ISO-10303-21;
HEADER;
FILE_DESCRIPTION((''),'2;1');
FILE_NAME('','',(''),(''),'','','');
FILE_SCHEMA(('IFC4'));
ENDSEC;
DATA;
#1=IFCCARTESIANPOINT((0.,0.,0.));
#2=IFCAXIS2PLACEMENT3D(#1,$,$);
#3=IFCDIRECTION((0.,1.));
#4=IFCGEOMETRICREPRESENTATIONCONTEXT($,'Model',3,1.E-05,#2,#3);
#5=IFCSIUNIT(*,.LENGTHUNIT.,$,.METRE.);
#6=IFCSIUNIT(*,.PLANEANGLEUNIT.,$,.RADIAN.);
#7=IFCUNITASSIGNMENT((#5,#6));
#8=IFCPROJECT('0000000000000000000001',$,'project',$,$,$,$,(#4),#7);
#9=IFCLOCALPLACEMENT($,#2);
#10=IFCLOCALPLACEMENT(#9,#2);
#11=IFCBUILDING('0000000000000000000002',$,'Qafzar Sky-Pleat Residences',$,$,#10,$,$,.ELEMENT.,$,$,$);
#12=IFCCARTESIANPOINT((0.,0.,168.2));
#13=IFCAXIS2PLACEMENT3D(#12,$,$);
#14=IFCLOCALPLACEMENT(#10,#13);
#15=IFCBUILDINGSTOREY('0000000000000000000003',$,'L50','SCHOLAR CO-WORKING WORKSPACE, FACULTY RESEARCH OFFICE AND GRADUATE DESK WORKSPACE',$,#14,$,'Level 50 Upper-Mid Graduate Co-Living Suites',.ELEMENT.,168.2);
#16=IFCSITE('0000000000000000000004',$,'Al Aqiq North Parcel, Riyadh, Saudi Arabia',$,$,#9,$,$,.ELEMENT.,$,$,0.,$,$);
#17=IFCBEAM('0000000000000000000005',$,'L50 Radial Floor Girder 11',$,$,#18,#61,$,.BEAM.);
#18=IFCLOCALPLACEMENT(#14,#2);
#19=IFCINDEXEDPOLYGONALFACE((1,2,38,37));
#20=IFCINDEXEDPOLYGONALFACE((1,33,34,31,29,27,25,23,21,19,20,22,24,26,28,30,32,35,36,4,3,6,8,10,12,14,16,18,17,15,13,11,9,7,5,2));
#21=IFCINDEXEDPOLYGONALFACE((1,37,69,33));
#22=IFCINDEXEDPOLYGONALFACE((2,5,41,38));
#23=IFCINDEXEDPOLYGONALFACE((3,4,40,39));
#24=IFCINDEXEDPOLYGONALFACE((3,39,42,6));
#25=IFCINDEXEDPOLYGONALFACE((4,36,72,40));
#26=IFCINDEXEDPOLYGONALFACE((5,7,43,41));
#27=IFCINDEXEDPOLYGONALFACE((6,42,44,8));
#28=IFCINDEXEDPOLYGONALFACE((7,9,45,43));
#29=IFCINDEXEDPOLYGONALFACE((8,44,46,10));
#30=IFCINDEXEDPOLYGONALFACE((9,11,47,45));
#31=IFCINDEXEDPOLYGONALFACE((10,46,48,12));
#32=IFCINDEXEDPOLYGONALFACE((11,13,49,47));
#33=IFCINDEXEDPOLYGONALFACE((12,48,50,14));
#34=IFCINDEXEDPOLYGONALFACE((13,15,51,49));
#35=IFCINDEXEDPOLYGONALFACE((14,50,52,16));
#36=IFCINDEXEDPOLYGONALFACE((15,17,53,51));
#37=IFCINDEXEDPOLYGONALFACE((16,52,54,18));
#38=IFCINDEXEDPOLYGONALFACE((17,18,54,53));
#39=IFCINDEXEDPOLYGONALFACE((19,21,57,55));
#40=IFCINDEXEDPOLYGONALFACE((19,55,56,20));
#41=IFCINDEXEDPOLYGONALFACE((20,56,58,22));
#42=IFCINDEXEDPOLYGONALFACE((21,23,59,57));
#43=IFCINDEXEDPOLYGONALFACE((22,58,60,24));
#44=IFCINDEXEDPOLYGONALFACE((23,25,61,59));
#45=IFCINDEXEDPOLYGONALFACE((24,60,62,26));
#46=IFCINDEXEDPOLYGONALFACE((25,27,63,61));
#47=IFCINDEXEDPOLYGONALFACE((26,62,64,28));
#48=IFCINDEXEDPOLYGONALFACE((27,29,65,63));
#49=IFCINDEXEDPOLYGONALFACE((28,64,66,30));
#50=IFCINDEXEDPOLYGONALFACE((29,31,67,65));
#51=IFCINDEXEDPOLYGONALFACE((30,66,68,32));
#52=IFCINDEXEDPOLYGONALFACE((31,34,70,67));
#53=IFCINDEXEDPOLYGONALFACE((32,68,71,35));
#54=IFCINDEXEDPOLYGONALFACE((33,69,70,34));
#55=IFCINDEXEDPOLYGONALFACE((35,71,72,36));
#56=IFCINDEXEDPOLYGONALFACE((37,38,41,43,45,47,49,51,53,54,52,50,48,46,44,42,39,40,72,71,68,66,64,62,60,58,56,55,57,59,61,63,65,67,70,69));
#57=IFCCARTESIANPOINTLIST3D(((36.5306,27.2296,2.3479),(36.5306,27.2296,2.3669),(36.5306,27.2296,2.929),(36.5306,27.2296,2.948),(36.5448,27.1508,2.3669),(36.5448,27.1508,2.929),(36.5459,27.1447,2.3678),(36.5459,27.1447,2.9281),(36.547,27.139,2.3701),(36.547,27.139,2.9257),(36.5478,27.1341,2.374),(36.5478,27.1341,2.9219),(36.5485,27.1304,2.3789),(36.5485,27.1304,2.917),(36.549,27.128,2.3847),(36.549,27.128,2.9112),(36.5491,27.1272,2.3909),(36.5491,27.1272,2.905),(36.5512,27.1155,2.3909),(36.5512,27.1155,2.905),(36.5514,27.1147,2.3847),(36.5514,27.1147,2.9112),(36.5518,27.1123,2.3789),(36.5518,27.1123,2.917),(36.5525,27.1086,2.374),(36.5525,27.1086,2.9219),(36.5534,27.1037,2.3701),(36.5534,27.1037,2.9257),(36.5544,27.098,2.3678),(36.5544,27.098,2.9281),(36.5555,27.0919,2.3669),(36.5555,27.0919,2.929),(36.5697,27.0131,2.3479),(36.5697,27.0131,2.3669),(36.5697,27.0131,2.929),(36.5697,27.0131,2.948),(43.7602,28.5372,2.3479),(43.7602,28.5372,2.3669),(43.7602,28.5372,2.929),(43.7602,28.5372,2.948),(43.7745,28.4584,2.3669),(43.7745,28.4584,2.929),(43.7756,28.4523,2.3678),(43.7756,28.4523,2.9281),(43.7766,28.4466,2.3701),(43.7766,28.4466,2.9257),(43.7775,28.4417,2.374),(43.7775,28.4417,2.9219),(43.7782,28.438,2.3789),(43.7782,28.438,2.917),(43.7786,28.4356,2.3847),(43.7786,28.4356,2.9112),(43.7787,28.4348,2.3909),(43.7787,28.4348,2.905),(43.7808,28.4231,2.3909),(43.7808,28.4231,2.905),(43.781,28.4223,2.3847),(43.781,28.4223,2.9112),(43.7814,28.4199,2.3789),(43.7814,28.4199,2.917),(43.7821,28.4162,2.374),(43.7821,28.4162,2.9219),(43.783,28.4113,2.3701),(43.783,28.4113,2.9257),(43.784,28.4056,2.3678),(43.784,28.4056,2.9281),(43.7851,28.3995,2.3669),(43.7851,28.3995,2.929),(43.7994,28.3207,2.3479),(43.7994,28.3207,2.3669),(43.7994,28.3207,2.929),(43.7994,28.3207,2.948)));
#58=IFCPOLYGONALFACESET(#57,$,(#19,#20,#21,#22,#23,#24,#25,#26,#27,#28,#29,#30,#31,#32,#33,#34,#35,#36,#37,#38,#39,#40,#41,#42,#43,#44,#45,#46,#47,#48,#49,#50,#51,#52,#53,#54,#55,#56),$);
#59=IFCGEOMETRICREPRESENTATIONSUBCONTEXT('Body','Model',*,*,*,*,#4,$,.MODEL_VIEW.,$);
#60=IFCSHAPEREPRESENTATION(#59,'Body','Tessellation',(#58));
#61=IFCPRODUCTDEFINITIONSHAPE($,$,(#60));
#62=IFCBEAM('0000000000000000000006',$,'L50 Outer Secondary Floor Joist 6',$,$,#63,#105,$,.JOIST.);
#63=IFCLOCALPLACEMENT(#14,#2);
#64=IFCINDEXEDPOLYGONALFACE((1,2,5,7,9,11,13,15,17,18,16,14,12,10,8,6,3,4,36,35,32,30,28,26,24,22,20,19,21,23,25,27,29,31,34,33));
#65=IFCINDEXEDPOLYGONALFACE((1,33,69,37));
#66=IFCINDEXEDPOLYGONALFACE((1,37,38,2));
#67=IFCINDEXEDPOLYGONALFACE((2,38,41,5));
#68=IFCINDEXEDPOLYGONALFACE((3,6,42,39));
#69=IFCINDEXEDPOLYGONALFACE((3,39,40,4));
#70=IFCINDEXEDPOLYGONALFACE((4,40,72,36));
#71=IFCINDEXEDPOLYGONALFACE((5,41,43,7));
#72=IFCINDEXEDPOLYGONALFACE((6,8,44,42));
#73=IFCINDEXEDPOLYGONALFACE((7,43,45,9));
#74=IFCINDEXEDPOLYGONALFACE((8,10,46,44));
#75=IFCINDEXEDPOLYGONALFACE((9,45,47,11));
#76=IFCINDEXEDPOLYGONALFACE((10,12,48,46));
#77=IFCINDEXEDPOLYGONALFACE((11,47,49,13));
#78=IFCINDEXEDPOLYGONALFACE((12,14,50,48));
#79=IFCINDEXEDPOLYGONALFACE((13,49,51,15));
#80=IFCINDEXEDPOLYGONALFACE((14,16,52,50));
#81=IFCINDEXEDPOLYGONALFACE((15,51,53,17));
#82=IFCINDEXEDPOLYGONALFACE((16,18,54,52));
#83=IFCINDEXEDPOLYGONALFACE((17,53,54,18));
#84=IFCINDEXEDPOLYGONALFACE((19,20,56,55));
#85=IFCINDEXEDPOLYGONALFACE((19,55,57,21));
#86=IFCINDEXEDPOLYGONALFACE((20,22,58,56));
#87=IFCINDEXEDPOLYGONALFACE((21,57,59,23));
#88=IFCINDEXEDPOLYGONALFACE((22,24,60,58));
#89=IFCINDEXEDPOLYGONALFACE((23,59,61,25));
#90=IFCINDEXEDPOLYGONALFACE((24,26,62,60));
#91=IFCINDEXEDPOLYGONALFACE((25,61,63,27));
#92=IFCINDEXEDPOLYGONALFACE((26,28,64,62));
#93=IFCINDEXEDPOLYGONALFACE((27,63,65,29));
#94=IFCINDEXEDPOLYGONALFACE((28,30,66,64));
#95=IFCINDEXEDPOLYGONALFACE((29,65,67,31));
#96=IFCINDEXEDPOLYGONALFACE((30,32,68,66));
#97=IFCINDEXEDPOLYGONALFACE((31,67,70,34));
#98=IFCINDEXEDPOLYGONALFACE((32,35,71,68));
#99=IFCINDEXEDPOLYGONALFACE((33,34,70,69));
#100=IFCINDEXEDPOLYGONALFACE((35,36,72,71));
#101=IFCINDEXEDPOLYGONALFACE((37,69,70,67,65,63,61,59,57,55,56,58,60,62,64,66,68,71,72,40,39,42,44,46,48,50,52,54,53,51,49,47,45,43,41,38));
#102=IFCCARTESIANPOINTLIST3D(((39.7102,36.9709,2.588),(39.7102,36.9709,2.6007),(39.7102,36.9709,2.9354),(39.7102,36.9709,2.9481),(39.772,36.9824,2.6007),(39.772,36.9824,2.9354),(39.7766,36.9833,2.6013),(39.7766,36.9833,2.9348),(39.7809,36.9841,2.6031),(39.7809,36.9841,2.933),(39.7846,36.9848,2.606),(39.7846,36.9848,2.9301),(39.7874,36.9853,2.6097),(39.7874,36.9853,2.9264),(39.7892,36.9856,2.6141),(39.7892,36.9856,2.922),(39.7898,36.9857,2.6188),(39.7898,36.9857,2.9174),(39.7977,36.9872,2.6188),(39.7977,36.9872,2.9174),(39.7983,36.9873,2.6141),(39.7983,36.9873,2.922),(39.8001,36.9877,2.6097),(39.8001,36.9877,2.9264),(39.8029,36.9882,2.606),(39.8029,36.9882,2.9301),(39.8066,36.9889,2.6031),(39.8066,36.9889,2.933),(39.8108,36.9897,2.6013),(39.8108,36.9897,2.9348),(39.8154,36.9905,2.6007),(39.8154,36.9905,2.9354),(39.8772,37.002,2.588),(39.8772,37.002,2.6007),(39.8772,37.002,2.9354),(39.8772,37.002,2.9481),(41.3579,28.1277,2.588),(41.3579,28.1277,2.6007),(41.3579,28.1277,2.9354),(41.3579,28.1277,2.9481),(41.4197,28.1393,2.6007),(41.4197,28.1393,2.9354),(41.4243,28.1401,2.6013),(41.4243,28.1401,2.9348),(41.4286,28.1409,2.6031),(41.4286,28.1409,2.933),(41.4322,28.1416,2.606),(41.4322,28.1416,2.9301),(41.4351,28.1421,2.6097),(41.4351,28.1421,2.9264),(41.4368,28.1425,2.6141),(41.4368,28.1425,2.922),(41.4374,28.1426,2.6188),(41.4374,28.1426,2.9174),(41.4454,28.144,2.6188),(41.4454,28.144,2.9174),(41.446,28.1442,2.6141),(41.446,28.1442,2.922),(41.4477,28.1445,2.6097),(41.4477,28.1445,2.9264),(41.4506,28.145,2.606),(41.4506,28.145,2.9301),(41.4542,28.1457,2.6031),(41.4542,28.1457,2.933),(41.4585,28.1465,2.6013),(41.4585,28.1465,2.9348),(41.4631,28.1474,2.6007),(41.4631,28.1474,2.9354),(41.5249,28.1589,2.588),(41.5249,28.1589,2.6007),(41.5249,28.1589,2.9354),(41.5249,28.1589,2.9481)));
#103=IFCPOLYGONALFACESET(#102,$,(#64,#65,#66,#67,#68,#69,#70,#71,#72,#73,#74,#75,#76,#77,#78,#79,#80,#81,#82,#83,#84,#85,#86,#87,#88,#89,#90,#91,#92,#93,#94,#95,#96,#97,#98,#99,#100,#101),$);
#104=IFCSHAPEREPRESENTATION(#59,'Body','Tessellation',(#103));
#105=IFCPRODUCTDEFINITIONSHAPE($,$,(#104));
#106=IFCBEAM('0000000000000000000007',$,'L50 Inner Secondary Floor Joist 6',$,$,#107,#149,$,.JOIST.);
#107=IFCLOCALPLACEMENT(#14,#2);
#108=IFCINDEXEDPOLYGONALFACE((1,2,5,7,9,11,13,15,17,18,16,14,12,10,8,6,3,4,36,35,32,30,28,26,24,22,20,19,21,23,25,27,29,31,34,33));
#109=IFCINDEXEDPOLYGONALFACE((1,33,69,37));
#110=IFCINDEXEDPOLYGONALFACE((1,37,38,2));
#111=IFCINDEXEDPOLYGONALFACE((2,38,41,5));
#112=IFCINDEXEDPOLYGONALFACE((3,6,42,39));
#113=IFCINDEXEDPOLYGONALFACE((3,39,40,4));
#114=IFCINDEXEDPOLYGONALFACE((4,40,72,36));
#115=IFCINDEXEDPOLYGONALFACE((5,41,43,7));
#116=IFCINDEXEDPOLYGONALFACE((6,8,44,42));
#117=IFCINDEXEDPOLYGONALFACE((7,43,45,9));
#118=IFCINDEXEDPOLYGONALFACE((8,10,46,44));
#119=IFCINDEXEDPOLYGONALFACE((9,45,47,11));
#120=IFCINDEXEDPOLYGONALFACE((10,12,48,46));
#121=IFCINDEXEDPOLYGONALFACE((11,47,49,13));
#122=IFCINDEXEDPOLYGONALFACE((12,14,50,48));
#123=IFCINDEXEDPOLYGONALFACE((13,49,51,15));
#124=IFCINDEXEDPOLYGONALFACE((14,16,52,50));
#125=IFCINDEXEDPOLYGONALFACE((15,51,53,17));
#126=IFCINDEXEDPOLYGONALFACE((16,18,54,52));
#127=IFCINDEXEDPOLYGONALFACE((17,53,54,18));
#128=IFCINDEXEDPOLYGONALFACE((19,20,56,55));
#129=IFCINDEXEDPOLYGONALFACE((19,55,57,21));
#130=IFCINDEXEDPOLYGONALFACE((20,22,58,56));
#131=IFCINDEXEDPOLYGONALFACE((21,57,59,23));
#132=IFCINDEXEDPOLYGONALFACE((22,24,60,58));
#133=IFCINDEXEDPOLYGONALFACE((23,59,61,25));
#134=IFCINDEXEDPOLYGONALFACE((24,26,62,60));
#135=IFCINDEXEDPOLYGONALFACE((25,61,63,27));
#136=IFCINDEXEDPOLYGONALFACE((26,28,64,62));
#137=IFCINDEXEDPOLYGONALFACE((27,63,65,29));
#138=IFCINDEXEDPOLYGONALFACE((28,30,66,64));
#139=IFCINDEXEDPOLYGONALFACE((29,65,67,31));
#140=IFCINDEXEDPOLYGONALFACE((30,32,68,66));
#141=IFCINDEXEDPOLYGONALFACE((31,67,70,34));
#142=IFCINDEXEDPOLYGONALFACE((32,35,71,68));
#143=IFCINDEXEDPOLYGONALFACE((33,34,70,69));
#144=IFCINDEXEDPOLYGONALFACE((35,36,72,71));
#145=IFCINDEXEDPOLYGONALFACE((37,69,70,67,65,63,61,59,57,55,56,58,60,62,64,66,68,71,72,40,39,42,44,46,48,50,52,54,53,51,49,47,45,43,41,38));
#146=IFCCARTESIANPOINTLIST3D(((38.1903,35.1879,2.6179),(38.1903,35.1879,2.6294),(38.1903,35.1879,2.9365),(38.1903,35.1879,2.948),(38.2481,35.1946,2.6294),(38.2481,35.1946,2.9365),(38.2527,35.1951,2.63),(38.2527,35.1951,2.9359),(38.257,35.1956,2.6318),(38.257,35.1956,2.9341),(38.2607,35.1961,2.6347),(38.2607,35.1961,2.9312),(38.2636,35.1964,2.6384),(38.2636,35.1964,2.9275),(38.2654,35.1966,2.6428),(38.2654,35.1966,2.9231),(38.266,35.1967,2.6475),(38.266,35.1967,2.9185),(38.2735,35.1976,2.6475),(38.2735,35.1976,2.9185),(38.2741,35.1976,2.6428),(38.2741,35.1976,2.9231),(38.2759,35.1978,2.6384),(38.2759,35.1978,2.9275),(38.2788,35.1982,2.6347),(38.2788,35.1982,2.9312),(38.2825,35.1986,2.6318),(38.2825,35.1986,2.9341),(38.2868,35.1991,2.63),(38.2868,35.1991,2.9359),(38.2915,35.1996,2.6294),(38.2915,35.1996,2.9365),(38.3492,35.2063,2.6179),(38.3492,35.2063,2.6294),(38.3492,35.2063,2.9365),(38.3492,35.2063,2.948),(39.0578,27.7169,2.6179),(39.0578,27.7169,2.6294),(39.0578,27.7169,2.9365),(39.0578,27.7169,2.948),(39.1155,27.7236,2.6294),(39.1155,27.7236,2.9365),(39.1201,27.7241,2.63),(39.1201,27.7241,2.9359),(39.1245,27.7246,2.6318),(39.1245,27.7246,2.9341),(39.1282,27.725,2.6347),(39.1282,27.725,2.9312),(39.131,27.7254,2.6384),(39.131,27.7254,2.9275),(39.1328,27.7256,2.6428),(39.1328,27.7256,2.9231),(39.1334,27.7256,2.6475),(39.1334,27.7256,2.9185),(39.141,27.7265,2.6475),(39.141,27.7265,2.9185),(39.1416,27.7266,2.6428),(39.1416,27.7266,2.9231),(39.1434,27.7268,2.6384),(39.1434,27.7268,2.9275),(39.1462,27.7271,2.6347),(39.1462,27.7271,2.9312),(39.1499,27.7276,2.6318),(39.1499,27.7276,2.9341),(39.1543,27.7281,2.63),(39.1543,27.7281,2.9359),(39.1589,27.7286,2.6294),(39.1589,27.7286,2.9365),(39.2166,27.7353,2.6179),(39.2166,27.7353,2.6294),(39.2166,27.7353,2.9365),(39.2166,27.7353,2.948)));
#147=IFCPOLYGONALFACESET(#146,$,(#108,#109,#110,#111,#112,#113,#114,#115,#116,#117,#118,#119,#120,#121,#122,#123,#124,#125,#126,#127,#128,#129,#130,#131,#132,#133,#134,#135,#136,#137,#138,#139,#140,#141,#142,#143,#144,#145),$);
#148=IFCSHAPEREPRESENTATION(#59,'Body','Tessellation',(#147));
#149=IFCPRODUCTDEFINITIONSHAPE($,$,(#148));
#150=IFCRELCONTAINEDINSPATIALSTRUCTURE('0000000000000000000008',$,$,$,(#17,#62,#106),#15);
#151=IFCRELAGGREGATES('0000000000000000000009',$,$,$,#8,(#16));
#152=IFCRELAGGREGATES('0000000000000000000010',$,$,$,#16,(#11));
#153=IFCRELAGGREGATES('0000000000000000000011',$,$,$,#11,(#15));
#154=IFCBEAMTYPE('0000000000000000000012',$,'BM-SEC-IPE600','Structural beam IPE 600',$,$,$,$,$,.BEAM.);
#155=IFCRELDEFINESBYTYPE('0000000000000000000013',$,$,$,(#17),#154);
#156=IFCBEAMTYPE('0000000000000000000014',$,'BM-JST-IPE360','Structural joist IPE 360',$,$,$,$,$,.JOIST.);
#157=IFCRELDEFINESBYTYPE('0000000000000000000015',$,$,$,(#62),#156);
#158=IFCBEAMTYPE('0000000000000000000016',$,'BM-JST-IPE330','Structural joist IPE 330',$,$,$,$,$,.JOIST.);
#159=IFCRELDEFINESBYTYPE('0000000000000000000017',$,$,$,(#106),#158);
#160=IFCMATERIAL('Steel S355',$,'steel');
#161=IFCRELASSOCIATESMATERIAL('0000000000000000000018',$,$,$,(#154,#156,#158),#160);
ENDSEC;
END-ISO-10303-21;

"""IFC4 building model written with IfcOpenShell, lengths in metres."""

from ifc_helpers import new_model, si_unit, direction, frame, origin, origin_2d, place, context, subcontext, project, spatial, i_section, extrude, source, transform, mapped, material, material_profile, profile_set, type_object, element, save


model = new_model("IFC4")

# Units and contexts
model_context = context("Model", 3, precision=1e-05, world=origin(), true_north=direction((0.0, 1.0)))
body_context = subcontext(model_context, "Body", "Model", "MODEL_VIEW")
ifc_project = project(units=[si_unit("LENGTHUNIT", "METRE"), si_unit("PLANEANGLEUNIT", "RADIAN")], contexts=[model_context])

# Site, building, storey
site_placement = place(None, origin())
site = spatial("IfcSite", under=ifc_project, at=site_placement, Name="Al Aqiq North Parcel, Riyadh, Saudi Arabia", CompositionType="ELEMENT", RefElevation=0.0)
building_placement = place(site_placement, origin())
building = spatial("IfcBuilding", under=site, at=building_placement, Name="Qafzar Sky-Pleat Residences", CompositionType="ELEMENT")
storey_placement = place(building_placement, frame((0.0, 0.0, 168.2)))
storey = spatial("IfcBuildingStorey", under=building, at=storey_placement, Name="L50", Description="SCHOLAR CO-WORKING WORKSPACE, FACULTY RESEARCH OFFICE AND GRADUATE DESK WORKSPACE", LongName="Level 50 Upper-Mid Graduate Co-Living Suites", CompositionType="ELEMENT", Elevation=168.2)

# Shared definitions
ifc_material_1 = material(Name="Steel S355", Category="steel")

# Beams
ifc_material_profile_1 = material_profile(ifc_material_1, i_section(OverallWidth=0.22, OverallDepth=0.6001, WebThickness=0.012, FlangeThickness=0.019, FilletRadius=0.0239, at=origin_2d()), Name="IPE 600")
ifc_profile_set_1 = profile_set([ifc_material_profile_1], Name="Steel S355")
beam_type_1 = type_object("IfcBeamType", Name="BM-SEC-IPE600", Description="Structural beam IPE 600", PredefinedType="BEAM", material=ifc_profile_set_1)
shared_shape_1 = source(origin(), body_context, "Body", "SweptSolid", [
    extrude(i_section(OverallWidth=0.22, OverallDepth=0.6001, WebThickness=0.012, FlangeThickness=0.019, FilletRadius=0.0239, at=origin_2d()), origin(), (0.0, 0.0, 1.0), 7.3469),
])
beam_1_placement = place(storey_placement, frame((43.7798, 28.429, 2.6479), z_axis=(-0.984034, -0.177979, 0.0), x_axis=(0.177979, -0.984034, 0.0)))
element("IfcBeam", 1, at=beam_1_placement, inside=storey, type_object=beam_type_1, Name="L50 Radial Floor Girder 11", PredefinedType="BEAM", context=body_context, shape_type="MappedRepresentation", body=[
    mapped(shared_shape_1, transform((0.0, 0.0, 0.0), x_axis=(1.0, 0.0, 0.0), y_axis=(0.0, 1.0, 0.0), z_axis=(0.0, 0.0, 1.0), scale=1.0)),
])
ifc_material_profile_2 = material_profile(ifc_material_1, i_section(OverallWidth=0.1699, OverallDepth=0.3601, WebThickness=0.0081, FlangeThickness=0.0127, FilletRadius=0.0181, at=origin_2d()), Name="IPE 360")
ifc_profile_set_2 = profile_set([ifc_material_profile_2], Name="Steel S355")
beam_type_2 = type_object("IfcBeamType", Name="BM-JST-IPE360", Description="Structural joist IPE 360", PredefinedType="JOIST", material=ifc_profile_set_2)
shared_shape_2 = source(origin(), body_context, "Body", "SweptSolid", [
    extrude(i_section(OverallWidth=0.1699, OverallDepth=0.3601, WebThickness=0.0081, FlangeThickness=0.0127, FilletRadius=0.0181, at=origin_2d()), origin(), (0.0, 0.0, 1.0), 8.9954),
])
beam_2_placement = place(storey_placement, frame((41.4414, 28.1433, 2.7681), z_axis=(-0.183171, 0.983081, 0.0), x_axis=(-0.983081, -0.183171, 0.0)))
element("IfcBeam", 2, at=beam_2_placement, inside=storey, type_object=beam_type_2, Name="L50 Outer Secondary Floor Joist 6", PredefinedType="JOIST", context=body_context, shape_type="MappedRepresentation", body=[
    mapped(shared_shape_2, transform((0.0, 0.0, 0.0), x_axis=(1.0, 0.0, 0.0), y_axis=(0.0, 1.0, 0.0), z_axis=(0.0, 0.0, 1.0), scale=1.0)),
])
ifc_material_profile_3 = material_profile(ifc_material_1, i_section(OverallWidth=0.1599, OverallDepth=0.3301, WebThickness=0.0076, FlangeThickness=0.0115, FilletRadius=0.0181, at=origin_2d()), Name="IPE 330")
ifc_profile_set_3 = profile_set([ifc_material_profile_3], Name="Steel S355")
beam_type_3 = type_object("IfcBeamType", Name="BM-JST-IPE330", Description="Structural joist IPE 330", PredefinedType="JOIST", material=ifc_profile_set_3)
shared_shape_3 = source(origin(), body_context, "Body", "SweptSolid", [
    extrude(i_section(OverallWidth=0.1599, OverallDepth=0.3301, WebThickness=0.0076, FlangeThickness=0.0115, FilletRadius=0.0181, at=origin_2d()), origin(), (0.0, 0.0, 1.0), 7.5212),
])
beam_3_placement = place(storey_placement, frame((39.1372, 27.7261, 2.783), z_axis=(-0.115333, 0.993327, 0.0), x_axis=(-0.993327, -0.115333, 0.0)))
element("IfcBeam", 3, at=beam_3_placement, inside=storey, type_object=beam_type_3, Name="L50 Inner Secondary Floor Joist 6", PredefinedType="JOIST", context=body_context, shape_type="MappedRepresentation", body=[
    mapped(shared_shape_3, transform((0.0, 0.0, 0.0), x_axis=(1.0, 0.0, 0.0), y_axis=(0.0, 1.0, 0.0), z_axis=(0.0, 0.0, 1.0), scale=1.0)),
])

save(model, "model.ifc")
